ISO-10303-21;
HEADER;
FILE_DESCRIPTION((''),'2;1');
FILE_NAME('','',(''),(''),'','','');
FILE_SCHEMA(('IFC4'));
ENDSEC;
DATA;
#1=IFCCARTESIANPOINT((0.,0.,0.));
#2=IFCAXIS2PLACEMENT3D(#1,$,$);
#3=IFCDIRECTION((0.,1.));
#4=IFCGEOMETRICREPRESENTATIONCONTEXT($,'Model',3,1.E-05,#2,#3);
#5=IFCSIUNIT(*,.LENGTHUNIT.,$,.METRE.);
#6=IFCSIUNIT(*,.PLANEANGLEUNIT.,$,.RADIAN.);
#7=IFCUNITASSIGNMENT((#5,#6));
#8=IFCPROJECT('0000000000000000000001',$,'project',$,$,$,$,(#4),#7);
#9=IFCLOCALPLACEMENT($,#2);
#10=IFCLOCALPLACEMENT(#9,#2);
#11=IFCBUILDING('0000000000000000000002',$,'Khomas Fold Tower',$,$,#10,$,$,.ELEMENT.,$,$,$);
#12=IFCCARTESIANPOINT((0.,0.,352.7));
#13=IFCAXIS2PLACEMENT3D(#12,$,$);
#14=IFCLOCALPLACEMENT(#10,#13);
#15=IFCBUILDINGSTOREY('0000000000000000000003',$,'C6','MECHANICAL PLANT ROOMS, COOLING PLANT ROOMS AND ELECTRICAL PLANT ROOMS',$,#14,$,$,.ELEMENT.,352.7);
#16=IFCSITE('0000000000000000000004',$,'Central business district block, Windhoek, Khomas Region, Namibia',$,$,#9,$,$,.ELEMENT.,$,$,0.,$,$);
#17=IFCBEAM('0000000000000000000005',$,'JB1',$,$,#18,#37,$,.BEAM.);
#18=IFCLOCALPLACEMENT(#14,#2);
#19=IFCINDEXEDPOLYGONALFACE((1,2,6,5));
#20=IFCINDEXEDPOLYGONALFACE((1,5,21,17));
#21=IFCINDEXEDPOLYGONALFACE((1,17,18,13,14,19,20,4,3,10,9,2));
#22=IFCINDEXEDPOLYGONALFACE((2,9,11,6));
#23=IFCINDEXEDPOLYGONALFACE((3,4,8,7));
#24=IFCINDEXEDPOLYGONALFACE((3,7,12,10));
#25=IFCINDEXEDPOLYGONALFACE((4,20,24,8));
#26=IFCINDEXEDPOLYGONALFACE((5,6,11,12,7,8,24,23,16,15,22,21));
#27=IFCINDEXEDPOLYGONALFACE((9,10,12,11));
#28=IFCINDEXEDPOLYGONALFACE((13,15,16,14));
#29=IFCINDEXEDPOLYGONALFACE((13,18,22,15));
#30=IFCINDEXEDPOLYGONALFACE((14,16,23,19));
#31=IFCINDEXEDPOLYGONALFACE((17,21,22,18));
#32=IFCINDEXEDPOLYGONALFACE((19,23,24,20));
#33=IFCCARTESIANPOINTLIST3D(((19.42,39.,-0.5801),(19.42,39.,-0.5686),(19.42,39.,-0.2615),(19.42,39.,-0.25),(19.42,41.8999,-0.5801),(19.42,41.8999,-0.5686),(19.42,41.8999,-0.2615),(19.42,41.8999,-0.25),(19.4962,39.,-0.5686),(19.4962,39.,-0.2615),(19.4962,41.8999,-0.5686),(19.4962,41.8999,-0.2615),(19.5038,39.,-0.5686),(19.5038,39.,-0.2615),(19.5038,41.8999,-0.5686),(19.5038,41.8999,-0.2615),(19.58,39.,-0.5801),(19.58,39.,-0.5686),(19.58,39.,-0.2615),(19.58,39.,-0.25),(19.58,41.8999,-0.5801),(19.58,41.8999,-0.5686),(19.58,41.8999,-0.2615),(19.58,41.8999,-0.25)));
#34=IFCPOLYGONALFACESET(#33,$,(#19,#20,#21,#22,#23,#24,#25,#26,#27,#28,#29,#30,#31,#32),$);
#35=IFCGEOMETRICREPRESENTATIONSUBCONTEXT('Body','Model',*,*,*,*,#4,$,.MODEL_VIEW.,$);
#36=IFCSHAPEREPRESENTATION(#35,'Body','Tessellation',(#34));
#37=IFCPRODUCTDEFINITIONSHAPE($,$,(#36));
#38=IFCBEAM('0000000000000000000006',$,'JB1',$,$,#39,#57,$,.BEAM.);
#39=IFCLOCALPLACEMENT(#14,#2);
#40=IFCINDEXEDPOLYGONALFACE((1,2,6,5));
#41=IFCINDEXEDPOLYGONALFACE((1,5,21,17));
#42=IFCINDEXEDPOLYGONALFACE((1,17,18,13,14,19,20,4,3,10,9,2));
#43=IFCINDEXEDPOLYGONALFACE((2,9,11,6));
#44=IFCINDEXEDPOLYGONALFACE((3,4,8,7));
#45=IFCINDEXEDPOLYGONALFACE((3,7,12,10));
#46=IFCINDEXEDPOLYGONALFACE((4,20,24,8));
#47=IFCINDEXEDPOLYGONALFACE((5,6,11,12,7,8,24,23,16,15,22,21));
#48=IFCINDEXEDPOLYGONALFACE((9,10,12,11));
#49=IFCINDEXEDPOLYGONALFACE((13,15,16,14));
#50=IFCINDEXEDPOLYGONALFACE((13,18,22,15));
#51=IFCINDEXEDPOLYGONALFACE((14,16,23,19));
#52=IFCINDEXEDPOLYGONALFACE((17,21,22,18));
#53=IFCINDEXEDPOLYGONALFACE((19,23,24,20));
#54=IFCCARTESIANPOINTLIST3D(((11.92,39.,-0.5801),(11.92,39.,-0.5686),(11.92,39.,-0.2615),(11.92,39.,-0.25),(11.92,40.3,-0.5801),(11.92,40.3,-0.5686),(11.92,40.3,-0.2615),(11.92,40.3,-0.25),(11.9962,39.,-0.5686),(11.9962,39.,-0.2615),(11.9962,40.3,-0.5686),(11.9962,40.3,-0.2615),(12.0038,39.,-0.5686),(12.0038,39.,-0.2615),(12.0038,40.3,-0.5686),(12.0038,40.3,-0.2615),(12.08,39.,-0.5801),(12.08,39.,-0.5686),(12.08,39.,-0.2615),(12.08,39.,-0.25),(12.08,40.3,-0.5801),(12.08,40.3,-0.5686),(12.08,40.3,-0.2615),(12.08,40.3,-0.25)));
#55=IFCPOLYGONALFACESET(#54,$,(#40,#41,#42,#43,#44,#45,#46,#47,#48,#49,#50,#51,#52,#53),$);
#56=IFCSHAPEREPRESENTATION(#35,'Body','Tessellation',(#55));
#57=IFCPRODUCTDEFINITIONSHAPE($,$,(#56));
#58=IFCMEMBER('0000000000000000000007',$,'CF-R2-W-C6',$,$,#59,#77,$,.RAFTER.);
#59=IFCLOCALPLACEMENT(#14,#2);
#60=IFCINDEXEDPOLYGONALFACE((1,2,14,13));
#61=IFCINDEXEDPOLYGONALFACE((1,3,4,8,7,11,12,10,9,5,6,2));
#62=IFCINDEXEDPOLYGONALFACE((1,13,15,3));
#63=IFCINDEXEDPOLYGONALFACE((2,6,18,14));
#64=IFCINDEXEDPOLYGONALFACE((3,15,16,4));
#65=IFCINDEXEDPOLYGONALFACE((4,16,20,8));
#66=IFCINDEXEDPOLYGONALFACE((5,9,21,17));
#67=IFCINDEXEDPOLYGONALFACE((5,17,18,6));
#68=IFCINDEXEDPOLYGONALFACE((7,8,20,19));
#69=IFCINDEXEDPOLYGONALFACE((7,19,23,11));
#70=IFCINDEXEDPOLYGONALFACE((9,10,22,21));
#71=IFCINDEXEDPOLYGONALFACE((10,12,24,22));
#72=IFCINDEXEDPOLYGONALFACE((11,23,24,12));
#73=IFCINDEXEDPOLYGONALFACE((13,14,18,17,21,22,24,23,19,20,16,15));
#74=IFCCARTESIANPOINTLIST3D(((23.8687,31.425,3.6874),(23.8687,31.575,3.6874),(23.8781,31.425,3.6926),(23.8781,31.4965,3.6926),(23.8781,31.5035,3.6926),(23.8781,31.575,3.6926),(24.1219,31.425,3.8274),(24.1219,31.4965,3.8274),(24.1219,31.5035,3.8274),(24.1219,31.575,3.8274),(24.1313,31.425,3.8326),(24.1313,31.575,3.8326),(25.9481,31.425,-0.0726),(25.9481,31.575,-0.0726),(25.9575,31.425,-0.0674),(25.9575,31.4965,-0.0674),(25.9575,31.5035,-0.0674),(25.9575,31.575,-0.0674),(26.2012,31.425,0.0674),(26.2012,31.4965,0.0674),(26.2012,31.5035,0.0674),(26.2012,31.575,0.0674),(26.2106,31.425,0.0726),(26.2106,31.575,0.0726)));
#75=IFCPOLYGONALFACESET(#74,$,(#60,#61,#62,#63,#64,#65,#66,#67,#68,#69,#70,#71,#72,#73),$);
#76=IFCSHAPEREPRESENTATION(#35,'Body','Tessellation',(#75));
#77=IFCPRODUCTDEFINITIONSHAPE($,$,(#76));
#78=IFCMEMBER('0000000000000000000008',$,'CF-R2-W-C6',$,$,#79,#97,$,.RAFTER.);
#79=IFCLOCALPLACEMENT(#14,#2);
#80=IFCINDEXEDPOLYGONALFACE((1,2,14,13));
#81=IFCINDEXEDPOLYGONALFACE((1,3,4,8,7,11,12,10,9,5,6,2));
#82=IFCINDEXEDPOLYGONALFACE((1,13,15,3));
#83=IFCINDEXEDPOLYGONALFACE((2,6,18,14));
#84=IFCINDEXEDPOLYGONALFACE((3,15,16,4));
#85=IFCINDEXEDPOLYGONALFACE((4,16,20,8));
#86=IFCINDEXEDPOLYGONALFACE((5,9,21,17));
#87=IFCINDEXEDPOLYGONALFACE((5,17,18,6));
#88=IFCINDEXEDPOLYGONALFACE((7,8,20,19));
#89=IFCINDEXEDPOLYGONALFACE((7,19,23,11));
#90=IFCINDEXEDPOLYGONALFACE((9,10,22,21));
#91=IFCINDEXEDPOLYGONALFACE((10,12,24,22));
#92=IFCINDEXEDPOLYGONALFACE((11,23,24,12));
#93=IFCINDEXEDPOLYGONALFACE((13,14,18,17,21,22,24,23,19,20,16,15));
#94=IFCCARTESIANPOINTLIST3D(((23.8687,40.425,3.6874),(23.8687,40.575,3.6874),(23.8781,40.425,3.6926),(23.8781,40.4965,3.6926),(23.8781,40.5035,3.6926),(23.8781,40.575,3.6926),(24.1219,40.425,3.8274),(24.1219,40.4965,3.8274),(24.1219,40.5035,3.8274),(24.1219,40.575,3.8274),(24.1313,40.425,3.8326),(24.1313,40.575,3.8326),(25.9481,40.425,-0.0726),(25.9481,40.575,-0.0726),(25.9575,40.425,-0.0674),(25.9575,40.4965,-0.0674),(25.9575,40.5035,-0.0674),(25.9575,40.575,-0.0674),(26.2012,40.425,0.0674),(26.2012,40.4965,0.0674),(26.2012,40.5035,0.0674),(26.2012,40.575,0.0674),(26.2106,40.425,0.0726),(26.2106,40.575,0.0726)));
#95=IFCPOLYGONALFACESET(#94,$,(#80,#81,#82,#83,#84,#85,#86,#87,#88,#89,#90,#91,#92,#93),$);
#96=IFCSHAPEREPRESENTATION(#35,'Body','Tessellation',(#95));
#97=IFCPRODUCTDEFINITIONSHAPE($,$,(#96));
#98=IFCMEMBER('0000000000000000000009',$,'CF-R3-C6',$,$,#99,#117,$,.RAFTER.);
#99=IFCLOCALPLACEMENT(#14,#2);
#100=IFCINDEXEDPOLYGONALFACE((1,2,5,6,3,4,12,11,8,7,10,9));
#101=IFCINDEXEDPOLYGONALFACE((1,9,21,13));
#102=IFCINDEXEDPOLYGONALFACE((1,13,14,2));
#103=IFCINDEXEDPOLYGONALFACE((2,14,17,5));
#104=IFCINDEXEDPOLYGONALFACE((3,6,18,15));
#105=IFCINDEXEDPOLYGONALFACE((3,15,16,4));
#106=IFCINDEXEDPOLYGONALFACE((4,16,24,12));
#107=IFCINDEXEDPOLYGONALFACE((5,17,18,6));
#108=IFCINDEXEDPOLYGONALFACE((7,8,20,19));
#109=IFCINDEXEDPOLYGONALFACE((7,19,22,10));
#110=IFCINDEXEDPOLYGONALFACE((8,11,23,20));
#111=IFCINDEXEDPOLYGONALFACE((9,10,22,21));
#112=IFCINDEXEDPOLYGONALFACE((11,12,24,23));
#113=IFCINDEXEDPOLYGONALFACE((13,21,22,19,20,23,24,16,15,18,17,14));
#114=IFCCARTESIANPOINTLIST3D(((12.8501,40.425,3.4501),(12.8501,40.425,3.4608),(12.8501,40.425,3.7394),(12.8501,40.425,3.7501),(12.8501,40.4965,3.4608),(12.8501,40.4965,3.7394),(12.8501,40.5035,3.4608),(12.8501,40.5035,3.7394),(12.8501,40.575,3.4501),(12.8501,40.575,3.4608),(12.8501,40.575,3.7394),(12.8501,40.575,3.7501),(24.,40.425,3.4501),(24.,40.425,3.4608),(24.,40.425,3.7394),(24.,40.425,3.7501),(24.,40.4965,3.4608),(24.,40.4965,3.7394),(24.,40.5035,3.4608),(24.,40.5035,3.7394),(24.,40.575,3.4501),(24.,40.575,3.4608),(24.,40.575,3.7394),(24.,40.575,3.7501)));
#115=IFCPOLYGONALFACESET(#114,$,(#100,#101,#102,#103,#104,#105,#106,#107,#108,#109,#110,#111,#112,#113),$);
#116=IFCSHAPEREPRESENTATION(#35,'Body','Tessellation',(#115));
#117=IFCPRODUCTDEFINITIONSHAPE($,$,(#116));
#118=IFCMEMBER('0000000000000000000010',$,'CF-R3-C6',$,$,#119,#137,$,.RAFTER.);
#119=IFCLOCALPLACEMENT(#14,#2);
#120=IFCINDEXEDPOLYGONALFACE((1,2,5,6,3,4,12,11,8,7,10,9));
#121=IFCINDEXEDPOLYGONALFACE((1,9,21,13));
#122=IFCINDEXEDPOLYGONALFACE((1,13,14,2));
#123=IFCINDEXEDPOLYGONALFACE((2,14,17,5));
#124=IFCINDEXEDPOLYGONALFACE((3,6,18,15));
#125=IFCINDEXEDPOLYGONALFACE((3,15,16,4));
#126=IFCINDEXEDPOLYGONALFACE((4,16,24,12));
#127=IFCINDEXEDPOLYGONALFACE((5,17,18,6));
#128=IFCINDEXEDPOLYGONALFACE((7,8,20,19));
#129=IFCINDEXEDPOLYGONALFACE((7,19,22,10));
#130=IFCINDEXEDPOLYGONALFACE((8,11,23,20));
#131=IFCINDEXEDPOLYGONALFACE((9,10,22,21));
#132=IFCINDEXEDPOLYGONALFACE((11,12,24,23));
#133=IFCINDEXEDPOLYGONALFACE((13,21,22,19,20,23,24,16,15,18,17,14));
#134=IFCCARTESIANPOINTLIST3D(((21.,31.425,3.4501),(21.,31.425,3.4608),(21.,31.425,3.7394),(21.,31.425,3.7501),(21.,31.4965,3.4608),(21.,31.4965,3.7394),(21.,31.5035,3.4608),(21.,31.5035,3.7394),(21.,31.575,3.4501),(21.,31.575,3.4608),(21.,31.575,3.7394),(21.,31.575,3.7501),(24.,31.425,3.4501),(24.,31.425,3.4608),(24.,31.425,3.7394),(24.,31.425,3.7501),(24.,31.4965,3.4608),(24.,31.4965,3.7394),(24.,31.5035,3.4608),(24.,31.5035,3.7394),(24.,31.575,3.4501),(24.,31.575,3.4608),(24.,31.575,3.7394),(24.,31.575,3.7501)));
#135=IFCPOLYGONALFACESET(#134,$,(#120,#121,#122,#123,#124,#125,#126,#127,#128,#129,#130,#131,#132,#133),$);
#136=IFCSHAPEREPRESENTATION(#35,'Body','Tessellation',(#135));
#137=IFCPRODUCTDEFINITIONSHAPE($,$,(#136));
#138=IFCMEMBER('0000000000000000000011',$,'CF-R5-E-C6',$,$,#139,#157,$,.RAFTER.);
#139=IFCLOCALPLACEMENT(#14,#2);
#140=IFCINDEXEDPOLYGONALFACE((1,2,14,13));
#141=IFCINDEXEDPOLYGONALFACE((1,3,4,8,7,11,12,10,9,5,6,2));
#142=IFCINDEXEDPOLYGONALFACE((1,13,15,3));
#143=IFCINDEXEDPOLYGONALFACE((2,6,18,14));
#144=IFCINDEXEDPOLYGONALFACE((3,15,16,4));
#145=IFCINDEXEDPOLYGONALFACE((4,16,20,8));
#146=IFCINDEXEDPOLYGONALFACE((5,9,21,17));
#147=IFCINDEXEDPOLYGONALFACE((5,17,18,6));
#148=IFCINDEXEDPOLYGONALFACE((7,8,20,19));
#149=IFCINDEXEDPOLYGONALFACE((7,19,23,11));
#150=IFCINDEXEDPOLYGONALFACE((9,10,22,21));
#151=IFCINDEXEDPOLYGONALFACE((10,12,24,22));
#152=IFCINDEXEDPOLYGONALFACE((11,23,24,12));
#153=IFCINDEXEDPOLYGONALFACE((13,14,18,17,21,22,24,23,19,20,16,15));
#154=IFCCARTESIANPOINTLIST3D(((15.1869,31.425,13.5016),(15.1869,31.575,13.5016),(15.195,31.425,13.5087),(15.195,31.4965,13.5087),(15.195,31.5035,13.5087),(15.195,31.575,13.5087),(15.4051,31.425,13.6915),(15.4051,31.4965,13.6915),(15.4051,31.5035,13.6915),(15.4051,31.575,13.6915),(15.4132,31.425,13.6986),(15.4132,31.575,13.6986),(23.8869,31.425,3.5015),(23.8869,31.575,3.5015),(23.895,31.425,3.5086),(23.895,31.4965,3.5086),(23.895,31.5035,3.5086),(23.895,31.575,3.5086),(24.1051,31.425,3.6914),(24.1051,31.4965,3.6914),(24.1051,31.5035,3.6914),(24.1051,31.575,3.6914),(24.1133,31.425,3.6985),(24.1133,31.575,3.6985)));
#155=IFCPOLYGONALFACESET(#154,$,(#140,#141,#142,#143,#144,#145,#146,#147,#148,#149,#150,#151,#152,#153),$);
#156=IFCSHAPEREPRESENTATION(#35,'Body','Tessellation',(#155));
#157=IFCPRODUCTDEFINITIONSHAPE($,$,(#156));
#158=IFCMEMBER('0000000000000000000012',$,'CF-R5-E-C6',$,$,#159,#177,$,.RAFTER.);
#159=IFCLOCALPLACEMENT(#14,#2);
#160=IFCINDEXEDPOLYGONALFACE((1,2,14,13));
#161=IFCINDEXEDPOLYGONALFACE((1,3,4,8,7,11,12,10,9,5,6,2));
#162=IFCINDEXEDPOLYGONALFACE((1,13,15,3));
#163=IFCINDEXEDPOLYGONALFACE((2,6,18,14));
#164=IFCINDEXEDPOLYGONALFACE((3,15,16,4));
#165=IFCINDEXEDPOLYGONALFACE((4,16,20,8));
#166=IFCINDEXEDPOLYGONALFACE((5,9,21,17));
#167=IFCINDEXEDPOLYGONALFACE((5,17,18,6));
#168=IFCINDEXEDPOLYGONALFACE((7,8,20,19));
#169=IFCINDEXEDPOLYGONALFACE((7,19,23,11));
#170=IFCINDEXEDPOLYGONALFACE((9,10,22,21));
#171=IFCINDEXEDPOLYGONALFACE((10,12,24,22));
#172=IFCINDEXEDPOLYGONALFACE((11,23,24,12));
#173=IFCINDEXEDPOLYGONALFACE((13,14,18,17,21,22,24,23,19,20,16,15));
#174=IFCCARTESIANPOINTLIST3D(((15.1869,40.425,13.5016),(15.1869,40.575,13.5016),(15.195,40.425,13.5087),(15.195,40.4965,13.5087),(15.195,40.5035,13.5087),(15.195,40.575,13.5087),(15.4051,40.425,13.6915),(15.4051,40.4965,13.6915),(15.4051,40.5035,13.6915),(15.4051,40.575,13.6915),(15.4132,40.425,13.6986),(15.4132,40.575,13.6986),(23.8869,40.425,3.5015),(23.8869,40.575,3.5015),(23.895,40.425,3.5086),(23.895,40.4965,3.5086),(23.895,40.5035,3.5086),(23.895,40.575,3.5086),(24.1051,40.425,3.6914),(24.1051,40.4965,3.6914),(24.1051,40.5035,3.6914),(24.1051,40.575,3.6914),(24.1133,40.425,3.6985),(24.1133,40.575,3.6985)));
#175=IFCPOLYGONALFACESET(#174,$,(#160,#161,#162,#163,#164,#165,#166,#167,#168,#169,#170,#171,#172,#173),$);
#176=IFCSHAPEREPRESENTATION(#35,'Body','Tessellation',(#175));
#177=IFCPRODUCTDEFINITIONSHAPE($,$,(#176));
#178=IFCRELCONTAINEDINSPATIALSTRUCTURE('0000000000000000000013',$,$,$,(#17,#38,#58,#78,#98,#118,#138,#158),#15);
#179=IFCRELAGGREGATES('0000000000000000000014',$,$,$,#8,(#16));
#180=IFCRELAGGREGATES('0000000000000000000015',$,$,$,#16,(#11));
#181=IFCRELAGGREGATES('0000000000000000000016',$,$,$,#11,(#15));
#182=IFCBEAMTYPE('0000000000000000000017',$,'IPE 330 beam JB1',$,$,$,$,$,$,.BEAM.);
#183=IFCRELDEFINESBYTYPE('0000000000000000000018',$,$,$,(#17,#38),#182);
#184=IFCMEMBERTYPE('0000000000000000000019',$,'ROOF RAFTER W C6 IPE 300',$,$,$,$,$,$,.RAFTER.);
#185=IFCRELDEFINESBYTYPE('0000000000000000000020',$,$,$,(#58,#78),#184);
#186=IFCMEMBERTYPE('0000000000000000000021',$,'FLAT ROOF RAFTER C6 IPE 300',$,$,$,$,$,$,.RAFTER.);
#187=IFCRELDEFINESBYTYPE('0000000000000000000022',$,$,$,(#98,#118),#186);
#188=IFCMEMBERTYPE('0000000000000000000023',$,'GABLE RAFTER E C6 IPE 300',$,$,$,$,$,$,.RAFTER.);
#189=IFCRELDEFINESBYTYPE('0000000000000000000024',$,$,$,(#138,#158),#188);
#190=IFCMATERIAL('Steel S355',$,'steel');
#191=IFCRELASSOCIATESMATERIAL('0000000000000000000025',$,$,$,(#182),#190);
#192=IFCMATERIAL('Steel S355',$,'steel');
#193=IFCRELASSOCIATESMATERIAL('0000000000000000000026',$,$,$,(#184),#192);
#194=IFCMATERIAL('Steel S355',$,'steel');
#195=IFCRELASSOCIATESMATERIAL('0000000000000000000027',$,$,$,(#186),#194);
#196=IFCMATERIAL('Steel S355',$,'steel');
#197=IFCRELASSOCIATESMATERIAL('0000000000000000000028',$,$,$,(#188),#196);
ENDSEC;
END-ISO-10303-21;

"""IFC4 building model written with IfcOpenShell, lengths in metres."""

from ifc_helpers import new_model, si_unit, direction, frame, origin, origin_2d, place, context, subcontext, project, spatial, i_section, extrude, source, transform, mapped, material, material_profile, profile_set, type_object, element, save


model = new_model("IFC4")

# Units and contexts
model_context = context("Model", 3, precision=1e-05, world=origin(), true_north=direction((0.0, 1.0)))
body_context = subcontext(model_context, "Body", "Model", "MODEL_VIEW")
ifc_project = project(units=[si_unit("LENGTHUNIT", "METRE"), si_unit("PLANEANGLEUNIT", "RADIAN")], contexts=[model_context])

# Site, building, storey
site_placement = place(None, origin())
site = spatial("IfcSite", under=ifc_project, at=site_placement, Name="Central business district block, Windhoek, Khomas Region, Namibia", CompositionType="ELEMENT", RefElevation=0.0)
building_placement = place(site_placement, origin())
building = spatial("IfcBuilding", under=site, at=building_placement, Name="Khomas Fold Tower", CompositionType="ELEMENT")
storey_placement = place(building_placement, frame((0.0, 0.0, 352.7)))
storey = spatial("IfcBuildingStorey", under=building, at=storey_placement, Name="C6", Description="MECHANICAL PLANT ROOMS, COOLING PLANT ROOMS AND ELECTRICAL PLANT ROOMS", CompositionType="ELEMENT", Elevation=352.7)

# Beams
ifc_material_1 = material(Name="Steel S355", Category="steel")
ifc_material_profile_1 = material_profile(ifc_material_1, i_section(OverallWidth=0.1599, OverallDepth=0.3301, WebThickness=0.0076, FlangeThickness=0.0115, at=origin_2d()), Name="IPE 330")
ifc_profile_set_1 = profile_set([ifc_material_profile_1], Name="Steel S355")
beam_type = type_object("IfcBeamType", Name="IPE 330 beam JB1", PredefinedType="BEAM", material=ifc_profile_set_1)
shared_shape_1 = source(origin(), body_context, "Body", "SweptSolid", [
    extrude(i_section(OverallWidth=0.1599, OverallDepth=0.3301, WebThickness=0.0076, FlangeThickness=0.0115, at=origin_2d()), origin(), (0.0, 0.0, 1.0), 2.8999),
])
beam_1_placement = place(storey_placement, frame((19.5, 39.0, -0.415), z_axis=(0.0, 1.0, 0.0), x_axis=(-1.0, 0.0, 0.0)))
element("IfcBeam", 1, at=beam_1_placement, inside=storey, type_object=beam_type, Name="JB1", PredefinedType="BEAM", context=body_context, shape_type="MappedRepresentation", body=[
    mapped(shared_shape_1, transform((0.0, 0.0, 0.0))),
])
shared_shape_2 = source(origin(), body_context, "Body", "SweptSolid", [
    extrude(i_section(OverallWidth=0.1599, OverallDepth=0.3301, WebThickness=0.0076, FlangeThickness=0.0115, at=origin_2d()), origin(), (0.0, 0.0, 1.0), 1.3),
])
beam_2_placement = place(storey_placement, frame((12.0, 39.0, -0.415), z_axis=(0.0, 1.0, 0.0), x_axis=(-1.0, 0.0, 0.0)))
element("IfcBeam", 2, at=beam_2_placement, inside=storey, type_object=beam_type, Name="JB1", PredefinedType="BEAM", context=body_context, shape_type="MappedRepresentation", body=[
    mapped(shared_shape_2, transform((0.0, 0.0, 0.0))),
])

# Members
ifc_material_2 = material(Name="Steel S355", Category="steel")
ifc_material_profile_2 = material_profile(ifc_material_2, i_section(OverallWidth=0.1499, OverallDepth=0.3, WebThickness=0.0071, FlangeThickness=0.0107, at=origin_2d()), Name="IPE 300")
ifc_profile_set_2 = profile_set([ifc_material_profile_2], Name="Steel S355")
member_type_1 = type_object("IfcMemberType", Name="ROOF RAFTER W C6 IPE 300", PredefinedType="RAFTER", material=ifc_profile_set_2)
shared_shape_3 = source(origin(), body_context, "Body", "SweptSolid", [
    extrude(i_section(OverallWidth=0.1499, OverallDepth=0.3, WebThickness=0.0071, FlangeThickness=0.0107, at=origin_2d()), origin(), (0.0, 0.0, 1.0), 4.2966),
])
for number, where, z_axis, x_axis, name in (
    (3, (26.0793, 31.5, 0.0), (-0.483944, 0.0, 0.875099), (0.0, -1.0, 0.0), "CF-R2-W-C6"),
    (4, (26.0793, 40.5, 0.0), (-0.483944, 0.0, 0.875099), (0.0, -1.0, 0.0), "CF-R2-W-C6"),
):
    element("IfcMember", number, at=place(storey_placement, frame(where, z_axis=z_axis, x_axis=x_axis)), inside=storey, type_object=member_type_1, Name=name, PredefinedType="RAFTER", context=body_context, shape_type="MappedRepresentation", body=[
        mapped(shared_shape_3, transform((0.0, 0.0, 0.0))),
    ])
ifc_material_3 = material(Name="Steel S355", Category="steel")
ifc_material_profile_3 = material_profile(ifc_material_3, i_section(OverallWidth=0.1499, OverallDepth=0.3, WebThickness=0.0071, FlangeThickness=0.0107, at=origin_2d()), Name="IPE 300")
ifc_profile_set_3 = profile_set([ifc_material_profile_3], Name="Steel S355")
member_type_2 = type_object("IfcMemberType", Name="FLAT ROOF RAFTER C6 IPE 300", PredefinedType="RAFTER", material=ifc_profile_set_3)
shared_shape_4 = source(origin(), body_context, "Body", "SweptSolid", [
    extrude(i_section(OverallWidth=0.1499, OverallDepth=0.3, WebThickness=0.0071, FlangeThickness=0.0107, at=origin_2d()), origin(), (0.0, 0.0, 1.0), 11.1499),
])
member_1_placement = place(storey_placement, frame((12.8501, 40.5, 3.6001), z_axis=(1.0, 0.0, 0.0), x_axis=(0.0, 1.0, 0.0)))
element("IfcMember", 5, at=member_1_placement, inside=storey, type_object=member_type_2, Name="CF-R3-C6", PredefinedType="RAFTER", context=body_context, shape_type="MappedRepresentation", body=[
    mapped(shared_shape_4, transform((0.0, 0.0, 0.0))),
])
shared_shape_5 = source(origin(), body_context, "Body", "SweptSolid", [
    extrude(i_section(OverallWidth=0.1499, OverallDepth=0.3, WebThickness=0.0071, FlangeThickness=0.0107, at=origin_2d()), origin(), (0.0, 0.0, 1.0), 3.0),
])
member_2_placement = place(storey_placement, frame((21.0, 31.5, 3.6001), z_axis=(1.0, 0.0, 0.0), x_axis=(0.0, 1.0, 0.0)))
element("IfcMember", 6, at=member_2_placement, inside=storey, type_object=member_type_2, Name="CF-R3-C6", PredefinedType="RAFTER", context=body_context, shape_type="MappedRepresentation", body=[
    mapped(shared_shape_5, transform((0.0, 0.0, 0.0))),
])
ifc_material_4 = material(Name="Steel S355", Category="steel")
ifc_material_profile_4 = material_profile(ifc_material_4, i_section(OverallWidth=0.1499, OverallDepth=0.3, WebThickness=0.0071, FlangeThickness=0.0107, at=origin_2d()), Name="IPE 300")
ifc_profile_set_4 = profile_set([ifc_material_profile_4], Name="Steel S355")
member_type_3 = type_object("IfcMemberType", Name="GABLE RAFTER E C6 IPE 300", PredefinedType="RAFTER", material=ifc_profile_set_4)
shared_shape_6 = source(origin(), body_context, "Body", "SweptSolid", [
    extrude(i_section(OverallWidth=0.1499, OverallDepth=0.3, WebThickness=0.0071, FlangeThickness=0.0107, at=origin_2d()), origin(), (0.0, 0.0, 1.0), 13.2549),
])
for number, where, z_axis, x_axis, name in (
    (7, (15.3, 31.5, 13.6001), (0.656363, 0.0, -0.754445), (0.0, 1.0, 0.0), "CF-R5-E-C6"),
    (8, (15.3, 40.5, 13.6001), (0.656363, 0.0, -0.754445), (0.0, 1.0, 0.0), "CF-R5-E-C6"),
):
    element("IfcMember", number, at=place(storey_placement, frame(where, z_axis=z_axis, x_axis=x_axis)), inside=storey, type_object=member_type_3, Name=name, PredefinedType="RAFTER", context=body_context, shape_type="MappedRepresentation", body=[
        mapped(shared_shape_6, transform((0.0, 0.0, 0.0))),
    ])

save(model, "model.ifc")
